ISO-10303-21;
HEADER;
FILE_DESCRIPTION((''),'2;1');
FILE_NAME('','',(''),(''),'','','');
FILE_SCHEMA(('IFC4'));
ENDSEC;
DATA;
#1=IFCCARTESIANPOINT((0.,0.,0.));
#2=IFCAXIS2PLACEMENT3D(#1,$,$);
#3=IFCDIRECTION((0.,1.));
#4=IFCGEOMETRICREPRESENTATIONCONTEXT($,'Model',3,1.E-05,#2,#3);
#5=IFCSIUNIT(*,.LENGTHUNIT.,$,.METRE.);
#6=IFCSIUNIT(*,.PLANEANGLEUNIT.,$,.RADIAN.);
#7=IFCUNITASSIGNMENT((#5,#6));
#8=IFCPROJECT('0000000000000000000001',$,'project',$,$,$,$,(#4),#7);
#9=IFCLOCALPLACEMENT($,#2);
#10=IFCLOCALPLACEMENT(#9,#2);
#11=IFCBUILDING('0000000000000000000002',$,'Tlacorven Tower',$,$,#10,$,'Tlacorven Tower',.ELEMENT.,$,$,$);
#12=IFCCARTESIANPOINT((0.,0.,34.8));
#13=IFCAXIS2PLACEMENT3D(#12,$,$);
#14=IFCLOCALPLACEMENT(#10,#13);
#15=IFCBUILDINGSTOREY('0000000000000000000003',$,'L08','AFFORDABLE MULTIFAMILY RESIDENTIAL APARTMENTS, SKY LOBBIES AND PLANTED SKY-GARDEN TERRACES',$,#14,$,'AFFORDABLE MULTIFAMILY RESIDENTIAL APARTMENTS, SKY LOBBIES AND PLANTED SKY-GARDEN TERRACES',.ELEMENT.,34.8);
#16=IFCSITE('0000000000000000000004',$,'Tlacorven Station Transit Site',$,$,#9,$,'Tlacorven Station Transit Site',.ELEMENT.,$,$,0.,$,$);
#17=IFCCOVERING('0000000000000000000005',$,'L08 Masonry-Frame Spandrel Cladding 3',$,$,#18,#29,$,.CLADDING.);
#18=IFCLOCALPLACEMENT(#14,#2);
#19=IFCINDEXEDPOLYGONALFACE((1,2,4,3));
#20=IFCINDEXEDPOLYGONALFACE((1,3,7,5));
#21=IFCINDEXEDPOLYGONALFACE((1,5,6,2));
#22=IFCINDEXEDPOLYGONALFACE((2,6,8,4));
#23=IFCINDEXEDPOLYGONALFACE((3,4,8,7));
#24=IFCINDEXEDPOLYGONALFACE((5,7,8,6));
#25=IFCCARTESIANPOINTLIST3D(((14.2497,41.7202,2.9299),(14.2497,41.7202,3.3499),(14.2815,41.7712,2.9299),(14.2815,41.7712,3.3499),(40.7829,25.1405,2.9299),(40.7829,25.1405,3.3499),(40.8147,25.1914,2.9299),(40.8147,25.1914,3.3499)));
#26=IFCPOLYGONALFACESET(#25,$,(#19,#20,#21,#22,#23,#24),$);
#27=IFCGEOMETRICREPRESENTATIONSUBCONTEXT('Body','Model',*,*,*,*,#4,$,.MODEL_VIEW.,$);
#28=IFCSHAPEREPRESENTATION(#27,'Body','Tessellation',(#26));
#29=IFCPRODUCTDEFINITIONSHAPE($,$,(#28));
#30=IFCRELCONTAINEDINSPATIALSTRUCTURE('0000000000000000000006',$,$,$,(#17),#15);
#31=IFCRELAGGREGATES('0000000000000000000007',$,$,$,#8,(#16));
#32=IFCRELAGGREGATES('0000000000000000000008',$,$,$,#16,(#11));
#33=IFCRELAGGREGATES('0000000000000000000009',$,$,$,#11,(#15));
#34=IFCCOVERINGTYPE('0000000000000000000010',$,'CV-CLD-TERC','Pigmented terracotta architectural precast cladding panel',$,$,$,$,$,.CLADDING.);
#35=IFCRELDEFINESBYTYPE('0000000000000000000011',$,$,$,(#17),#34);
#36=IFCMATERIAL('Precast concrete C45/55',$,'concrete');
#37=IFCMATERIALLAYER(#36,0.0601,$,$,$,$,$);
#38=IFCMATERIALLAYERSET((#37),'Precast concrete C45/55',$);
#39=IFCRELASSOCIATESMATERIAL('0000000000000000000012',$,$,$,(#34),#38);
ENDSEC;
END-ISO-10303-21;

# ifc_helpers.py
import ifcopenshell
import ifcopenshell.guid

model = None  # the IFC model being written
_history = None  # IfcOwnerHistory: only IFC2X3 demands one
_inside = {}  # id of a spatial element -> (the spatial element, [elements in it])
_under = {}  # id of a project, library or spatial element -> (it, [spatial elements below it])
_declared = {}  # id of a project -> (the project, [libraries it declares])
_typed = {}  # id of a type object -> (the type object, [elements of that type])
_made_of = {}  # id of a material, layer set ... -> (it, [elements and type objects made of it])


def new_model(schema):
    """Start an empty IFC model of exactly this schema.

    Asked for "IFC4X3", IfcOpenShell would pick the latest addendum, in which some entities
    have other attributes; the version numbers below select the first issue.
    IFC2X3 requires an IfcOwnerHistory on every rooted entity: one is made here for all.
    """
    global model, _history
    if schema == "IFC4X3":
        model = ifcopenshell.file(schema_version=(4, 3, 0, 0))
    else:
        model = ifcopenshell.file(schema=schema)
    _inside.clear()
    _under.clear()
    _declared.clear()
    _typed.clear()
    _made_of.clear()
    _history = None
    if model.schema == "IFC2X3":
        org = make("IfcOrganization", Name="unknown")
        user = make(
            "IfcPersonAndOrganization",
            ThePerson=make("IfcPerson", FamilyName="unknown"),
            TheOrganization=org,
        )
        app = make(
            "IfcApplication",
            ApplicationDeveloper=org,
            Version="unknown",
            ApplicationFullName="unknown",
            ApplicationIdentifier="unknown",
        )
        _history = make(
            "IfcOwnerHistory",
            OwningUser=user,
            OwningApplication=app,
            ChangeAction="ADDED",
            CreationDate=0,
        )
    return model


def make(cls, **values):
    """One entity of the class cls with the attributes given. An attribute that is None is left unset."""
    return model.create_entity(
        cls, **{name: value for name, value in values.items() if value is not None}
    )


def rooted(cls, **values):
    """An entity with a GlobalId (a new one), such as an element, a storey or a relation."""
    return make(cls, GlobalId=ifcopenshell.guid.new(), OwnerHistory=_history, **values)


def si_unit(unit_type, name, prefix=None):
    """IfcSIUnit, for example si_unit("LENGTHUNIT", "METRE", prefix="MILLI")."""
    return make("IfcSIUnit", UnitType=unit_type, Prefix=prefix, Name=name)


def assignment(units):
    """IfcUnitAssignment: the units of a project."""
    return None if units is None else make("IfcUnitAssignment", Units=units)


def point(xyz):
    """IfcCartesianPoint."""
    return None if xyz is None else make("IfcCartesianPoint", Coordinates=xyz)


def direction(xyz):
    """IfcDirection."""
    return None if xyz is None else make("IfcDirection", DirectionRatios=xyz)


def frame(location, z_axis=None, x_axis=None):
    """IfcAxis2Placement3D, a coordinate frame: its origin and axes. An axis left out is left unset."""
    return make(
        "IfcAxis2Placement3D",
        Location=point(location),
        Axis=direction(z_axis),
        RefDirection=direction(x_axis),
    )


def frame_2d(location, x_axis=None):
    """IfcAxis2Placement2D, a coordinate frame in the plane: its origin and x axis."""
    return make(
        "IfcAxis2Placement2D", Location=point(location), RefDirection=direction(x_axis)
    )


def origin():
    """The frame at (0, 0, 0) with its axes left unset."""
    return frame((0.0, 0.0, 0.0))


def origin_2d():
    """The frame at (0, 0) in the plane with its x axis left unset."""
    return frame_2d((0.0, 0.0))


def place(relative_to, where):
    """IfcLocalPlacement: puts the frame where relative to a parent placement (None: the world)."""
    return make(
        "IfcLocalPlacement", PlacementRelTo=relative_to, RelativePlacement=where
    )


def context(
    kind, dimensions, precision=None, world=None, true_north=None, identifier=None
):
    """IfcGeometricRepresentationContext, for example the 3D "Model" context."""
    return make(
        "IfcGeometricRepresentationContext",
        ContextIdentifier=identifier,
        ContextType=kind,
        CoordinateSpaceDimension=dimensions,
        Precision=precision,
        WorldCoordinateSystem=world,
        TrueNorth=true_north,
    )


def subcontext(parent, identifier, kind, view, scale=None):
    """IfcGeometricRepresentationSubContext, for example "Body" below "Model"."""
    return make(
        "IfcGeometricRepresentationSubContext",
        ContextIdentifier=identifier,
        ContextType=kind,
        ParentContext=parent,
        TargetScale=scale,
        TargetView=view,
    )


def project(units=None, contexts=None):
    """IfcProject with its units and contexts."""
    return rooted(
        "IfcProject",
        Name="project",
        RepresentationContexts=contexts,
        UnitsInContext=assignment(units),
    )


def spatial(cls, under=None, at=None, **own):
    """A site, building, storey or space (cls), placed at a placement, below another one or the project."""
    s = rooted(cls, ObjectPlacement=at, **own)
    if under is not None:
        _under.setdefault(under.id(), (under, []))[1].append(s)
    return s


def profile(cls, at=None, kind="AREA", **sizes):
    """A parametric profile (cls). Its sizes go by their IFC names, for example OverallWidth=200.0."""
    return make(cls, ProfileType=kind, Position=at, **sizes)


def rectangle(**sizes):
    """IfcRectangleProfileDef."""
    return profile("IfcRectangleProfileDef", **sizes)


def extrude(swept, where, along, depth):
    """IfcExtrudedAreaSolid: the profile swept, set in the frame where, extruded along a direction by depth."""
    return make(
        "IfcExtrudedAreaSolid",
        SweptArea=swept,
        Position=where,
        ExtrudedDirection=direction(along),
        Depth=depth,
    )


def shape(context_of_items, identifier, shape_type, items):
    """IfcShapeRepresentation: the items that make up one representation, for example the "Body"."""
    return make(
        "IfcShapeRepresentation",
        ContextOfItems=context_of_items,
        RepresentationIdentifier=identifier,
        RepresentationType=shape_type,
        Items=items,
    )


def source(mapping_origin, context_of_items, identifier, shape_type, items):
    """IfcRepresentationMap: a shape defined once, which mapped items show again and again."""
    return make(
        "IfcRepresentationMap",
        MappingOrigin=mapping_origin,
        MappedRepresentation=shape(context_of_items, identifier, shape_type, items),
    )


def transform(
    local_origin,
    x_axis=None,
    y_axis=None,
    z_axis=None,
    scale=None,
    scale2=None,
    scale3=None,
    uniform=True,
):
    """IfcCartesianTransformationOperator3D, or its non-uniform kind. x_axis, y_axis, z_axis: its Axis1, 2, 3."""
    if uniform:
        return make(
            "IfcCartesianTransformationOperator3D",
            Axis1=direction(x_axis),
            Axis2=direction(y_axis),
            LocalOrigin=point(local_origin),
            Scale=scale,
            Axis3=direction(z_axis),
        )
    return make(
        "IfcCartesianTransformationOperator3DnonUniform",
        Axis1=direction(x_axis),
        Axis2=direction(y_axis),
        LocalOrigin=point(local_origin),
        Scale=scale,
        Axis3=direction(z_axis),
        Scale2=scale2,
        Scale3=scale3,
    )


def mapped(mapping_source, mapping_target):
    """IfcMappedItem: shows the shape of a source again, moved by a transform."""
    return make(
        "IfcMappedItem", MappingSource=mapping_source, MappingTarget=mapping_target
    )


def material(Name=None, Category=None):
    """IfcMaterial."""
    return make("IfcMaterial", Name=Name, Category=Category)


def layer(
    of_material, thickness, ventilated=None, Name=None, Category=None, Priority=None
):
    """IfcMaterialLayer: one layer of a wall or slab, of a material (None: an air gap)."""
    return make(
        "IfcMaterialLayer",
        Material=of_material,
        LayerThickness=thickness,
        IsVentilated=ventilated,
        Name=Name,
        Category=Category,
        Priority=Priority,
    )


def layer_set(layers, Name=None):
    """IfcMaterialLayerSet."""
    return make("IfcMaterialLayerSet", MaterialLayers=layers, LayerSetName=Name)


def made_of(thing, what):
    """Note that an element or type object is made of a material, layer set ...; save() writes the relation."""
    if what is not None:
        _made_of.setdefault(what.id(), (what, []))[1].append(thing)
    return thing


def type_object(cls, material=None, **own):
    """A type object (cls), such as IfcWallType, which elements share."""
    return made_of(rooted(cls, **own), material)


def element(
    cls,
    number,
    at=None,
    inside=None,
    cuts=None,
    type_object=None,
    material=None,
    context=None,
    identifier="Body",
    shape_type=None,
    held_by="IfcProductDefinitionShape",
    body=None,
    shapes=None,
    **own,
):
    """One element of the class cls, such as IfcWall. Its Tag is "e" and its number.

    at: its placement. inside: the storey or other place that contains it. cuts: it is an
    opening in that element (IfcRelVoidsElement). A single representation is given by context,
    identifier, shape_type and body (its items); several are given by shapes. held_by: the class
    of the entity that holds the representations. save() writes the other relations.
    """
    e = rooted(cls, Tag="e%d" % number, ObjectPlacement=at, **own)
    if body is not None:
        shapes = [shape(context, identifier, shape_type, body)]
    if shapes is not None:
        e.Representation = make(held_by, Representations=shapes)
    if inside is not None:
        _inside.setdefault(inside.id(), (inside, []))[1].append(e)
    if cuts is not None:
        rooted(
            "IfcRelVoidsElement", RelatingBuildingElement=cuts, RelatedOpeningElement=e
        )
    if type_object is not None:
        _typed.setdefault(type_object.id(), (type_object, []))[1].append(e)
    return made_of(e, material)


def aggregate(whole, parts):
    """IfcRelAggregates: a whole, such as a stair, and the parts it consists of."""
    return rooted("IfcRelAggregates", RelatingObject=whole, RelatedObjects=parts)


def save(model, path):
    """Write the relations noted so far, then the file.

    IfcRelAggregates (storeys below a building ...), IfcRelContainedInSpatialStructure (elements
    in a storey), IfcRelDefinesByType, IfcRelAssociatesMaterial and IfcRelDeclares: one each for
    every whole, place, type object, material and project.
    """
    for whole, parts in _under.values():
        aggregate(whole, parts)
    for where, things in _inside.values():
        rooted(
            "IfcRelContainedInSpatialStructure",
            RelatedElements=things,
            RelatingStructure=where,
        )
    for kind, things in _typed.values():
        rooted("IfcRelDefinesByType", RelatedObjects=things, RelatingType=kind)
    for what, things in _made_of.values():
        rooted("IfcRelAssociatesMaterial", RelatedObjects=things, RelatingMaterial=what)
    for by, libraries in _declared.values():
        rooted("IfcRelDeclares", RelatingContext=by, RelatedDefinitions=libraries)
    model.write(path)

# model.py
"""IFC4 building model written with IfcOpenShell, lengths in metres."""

from ifc_helpers import new_model, si_unit, direction, frame, origin, origin_2d, place, context, subcontext, project, spatial, rectangle, extrude, source, transform, mapped, material, layer, layer_set, type_object, element, save


model = new_model("IFC4")

# Units and contexts
model_context = context("Model", 3, precision=1e-05, world=origin(), true_north=direction((0.0, 1.0)))
body_context = subcontext(model_context, "Body", "Model", "MODEL_VIEW")
ifc_project = project(units=[si_unit("LENGTHUNIT", "METRE"), si_unit("PLANEANGLEUNIT", "RADIAN")], contexts=[model_context])

# Site, building, storey
site_placement = place(None, origin())
site = spatial("IfcSite", under=ifc_project, at=site_placement, Name="Tlacorven Station Transit Site", LongName="Tlacorven Station Transit Site", CompositionType="ELEMENT", RefElevation=0.0)
building_placement = place(site_placement, origin())
building = spatial("IfcBuilding", under=site, at=building_placement, Name="Tlacorven Tower", LongName="Tlacorven Tower", CompositionType="ELEMENT")
storey_placement = place(building_placement, frame((0.0, 0.0, 34.8)))
storey = spatial("IfcBuildingStorey", under=building, at=storey_placement, Name="L08", Description="AFFORDABLE MULTIFAMILY RESIDENTIAL APARTMENTS, SKY LOBBIES AND PLANTED SKY-GARDEN TERRACES", LongName="AFFORDABLE MULTIFAMILY RESIDENTIAL APARTMENTS, SKY LOBBIES AND PLANTED SKY-GARDEN TERRACES", CompositionType="ELEMENT", Elevation=34.8)

# Covering
ifc_material_1 = material(Name="Precast concrete C45/55", Category="concrete")
ifc_layer_1 = layer(ifc_material_1, 0.0601)
ifc_layer_set_1 = layer_set([ifc_layer_1], Name="Precast concrete C45/55")
covering_type = type_object("IfcCoveringType", Name="CV-CLD-TERC", Description="Pigmented terracotta architectural precast cladding panel", PredefinedType="CLADDING", material=ifc_layer_set_1)
shared_shape_1 = source(origin(), body_context, "Body", "SweptSolid", [
    extrude(rectangle(XDim=31.2874, YDim=0.0601, at=origin_2d()), origin(), (0.0, 0.0, 1.0), 0.4199),
])
covering_placement = place(storey_placement, frame((27.5322, 33.4558, 2.9299), z_axis=(0.0, 0.0, 1.0), x_axis=(0.848048, -0.529919, 0.0)))
element("IfcCovering", 1, at=covering_placement, inside=storey, type_object=covering_type, Name="L08 Masonry-Frame Spandrel Cladding 3", PredefinedType="CLADDING", context=body_context, shape_type="MappedRepresentation", body=[
    mapped(shared_shape_1, transform((0.0, 0.0, 0.0), scale=1.0)),
])

save(model, "model.ifc")
